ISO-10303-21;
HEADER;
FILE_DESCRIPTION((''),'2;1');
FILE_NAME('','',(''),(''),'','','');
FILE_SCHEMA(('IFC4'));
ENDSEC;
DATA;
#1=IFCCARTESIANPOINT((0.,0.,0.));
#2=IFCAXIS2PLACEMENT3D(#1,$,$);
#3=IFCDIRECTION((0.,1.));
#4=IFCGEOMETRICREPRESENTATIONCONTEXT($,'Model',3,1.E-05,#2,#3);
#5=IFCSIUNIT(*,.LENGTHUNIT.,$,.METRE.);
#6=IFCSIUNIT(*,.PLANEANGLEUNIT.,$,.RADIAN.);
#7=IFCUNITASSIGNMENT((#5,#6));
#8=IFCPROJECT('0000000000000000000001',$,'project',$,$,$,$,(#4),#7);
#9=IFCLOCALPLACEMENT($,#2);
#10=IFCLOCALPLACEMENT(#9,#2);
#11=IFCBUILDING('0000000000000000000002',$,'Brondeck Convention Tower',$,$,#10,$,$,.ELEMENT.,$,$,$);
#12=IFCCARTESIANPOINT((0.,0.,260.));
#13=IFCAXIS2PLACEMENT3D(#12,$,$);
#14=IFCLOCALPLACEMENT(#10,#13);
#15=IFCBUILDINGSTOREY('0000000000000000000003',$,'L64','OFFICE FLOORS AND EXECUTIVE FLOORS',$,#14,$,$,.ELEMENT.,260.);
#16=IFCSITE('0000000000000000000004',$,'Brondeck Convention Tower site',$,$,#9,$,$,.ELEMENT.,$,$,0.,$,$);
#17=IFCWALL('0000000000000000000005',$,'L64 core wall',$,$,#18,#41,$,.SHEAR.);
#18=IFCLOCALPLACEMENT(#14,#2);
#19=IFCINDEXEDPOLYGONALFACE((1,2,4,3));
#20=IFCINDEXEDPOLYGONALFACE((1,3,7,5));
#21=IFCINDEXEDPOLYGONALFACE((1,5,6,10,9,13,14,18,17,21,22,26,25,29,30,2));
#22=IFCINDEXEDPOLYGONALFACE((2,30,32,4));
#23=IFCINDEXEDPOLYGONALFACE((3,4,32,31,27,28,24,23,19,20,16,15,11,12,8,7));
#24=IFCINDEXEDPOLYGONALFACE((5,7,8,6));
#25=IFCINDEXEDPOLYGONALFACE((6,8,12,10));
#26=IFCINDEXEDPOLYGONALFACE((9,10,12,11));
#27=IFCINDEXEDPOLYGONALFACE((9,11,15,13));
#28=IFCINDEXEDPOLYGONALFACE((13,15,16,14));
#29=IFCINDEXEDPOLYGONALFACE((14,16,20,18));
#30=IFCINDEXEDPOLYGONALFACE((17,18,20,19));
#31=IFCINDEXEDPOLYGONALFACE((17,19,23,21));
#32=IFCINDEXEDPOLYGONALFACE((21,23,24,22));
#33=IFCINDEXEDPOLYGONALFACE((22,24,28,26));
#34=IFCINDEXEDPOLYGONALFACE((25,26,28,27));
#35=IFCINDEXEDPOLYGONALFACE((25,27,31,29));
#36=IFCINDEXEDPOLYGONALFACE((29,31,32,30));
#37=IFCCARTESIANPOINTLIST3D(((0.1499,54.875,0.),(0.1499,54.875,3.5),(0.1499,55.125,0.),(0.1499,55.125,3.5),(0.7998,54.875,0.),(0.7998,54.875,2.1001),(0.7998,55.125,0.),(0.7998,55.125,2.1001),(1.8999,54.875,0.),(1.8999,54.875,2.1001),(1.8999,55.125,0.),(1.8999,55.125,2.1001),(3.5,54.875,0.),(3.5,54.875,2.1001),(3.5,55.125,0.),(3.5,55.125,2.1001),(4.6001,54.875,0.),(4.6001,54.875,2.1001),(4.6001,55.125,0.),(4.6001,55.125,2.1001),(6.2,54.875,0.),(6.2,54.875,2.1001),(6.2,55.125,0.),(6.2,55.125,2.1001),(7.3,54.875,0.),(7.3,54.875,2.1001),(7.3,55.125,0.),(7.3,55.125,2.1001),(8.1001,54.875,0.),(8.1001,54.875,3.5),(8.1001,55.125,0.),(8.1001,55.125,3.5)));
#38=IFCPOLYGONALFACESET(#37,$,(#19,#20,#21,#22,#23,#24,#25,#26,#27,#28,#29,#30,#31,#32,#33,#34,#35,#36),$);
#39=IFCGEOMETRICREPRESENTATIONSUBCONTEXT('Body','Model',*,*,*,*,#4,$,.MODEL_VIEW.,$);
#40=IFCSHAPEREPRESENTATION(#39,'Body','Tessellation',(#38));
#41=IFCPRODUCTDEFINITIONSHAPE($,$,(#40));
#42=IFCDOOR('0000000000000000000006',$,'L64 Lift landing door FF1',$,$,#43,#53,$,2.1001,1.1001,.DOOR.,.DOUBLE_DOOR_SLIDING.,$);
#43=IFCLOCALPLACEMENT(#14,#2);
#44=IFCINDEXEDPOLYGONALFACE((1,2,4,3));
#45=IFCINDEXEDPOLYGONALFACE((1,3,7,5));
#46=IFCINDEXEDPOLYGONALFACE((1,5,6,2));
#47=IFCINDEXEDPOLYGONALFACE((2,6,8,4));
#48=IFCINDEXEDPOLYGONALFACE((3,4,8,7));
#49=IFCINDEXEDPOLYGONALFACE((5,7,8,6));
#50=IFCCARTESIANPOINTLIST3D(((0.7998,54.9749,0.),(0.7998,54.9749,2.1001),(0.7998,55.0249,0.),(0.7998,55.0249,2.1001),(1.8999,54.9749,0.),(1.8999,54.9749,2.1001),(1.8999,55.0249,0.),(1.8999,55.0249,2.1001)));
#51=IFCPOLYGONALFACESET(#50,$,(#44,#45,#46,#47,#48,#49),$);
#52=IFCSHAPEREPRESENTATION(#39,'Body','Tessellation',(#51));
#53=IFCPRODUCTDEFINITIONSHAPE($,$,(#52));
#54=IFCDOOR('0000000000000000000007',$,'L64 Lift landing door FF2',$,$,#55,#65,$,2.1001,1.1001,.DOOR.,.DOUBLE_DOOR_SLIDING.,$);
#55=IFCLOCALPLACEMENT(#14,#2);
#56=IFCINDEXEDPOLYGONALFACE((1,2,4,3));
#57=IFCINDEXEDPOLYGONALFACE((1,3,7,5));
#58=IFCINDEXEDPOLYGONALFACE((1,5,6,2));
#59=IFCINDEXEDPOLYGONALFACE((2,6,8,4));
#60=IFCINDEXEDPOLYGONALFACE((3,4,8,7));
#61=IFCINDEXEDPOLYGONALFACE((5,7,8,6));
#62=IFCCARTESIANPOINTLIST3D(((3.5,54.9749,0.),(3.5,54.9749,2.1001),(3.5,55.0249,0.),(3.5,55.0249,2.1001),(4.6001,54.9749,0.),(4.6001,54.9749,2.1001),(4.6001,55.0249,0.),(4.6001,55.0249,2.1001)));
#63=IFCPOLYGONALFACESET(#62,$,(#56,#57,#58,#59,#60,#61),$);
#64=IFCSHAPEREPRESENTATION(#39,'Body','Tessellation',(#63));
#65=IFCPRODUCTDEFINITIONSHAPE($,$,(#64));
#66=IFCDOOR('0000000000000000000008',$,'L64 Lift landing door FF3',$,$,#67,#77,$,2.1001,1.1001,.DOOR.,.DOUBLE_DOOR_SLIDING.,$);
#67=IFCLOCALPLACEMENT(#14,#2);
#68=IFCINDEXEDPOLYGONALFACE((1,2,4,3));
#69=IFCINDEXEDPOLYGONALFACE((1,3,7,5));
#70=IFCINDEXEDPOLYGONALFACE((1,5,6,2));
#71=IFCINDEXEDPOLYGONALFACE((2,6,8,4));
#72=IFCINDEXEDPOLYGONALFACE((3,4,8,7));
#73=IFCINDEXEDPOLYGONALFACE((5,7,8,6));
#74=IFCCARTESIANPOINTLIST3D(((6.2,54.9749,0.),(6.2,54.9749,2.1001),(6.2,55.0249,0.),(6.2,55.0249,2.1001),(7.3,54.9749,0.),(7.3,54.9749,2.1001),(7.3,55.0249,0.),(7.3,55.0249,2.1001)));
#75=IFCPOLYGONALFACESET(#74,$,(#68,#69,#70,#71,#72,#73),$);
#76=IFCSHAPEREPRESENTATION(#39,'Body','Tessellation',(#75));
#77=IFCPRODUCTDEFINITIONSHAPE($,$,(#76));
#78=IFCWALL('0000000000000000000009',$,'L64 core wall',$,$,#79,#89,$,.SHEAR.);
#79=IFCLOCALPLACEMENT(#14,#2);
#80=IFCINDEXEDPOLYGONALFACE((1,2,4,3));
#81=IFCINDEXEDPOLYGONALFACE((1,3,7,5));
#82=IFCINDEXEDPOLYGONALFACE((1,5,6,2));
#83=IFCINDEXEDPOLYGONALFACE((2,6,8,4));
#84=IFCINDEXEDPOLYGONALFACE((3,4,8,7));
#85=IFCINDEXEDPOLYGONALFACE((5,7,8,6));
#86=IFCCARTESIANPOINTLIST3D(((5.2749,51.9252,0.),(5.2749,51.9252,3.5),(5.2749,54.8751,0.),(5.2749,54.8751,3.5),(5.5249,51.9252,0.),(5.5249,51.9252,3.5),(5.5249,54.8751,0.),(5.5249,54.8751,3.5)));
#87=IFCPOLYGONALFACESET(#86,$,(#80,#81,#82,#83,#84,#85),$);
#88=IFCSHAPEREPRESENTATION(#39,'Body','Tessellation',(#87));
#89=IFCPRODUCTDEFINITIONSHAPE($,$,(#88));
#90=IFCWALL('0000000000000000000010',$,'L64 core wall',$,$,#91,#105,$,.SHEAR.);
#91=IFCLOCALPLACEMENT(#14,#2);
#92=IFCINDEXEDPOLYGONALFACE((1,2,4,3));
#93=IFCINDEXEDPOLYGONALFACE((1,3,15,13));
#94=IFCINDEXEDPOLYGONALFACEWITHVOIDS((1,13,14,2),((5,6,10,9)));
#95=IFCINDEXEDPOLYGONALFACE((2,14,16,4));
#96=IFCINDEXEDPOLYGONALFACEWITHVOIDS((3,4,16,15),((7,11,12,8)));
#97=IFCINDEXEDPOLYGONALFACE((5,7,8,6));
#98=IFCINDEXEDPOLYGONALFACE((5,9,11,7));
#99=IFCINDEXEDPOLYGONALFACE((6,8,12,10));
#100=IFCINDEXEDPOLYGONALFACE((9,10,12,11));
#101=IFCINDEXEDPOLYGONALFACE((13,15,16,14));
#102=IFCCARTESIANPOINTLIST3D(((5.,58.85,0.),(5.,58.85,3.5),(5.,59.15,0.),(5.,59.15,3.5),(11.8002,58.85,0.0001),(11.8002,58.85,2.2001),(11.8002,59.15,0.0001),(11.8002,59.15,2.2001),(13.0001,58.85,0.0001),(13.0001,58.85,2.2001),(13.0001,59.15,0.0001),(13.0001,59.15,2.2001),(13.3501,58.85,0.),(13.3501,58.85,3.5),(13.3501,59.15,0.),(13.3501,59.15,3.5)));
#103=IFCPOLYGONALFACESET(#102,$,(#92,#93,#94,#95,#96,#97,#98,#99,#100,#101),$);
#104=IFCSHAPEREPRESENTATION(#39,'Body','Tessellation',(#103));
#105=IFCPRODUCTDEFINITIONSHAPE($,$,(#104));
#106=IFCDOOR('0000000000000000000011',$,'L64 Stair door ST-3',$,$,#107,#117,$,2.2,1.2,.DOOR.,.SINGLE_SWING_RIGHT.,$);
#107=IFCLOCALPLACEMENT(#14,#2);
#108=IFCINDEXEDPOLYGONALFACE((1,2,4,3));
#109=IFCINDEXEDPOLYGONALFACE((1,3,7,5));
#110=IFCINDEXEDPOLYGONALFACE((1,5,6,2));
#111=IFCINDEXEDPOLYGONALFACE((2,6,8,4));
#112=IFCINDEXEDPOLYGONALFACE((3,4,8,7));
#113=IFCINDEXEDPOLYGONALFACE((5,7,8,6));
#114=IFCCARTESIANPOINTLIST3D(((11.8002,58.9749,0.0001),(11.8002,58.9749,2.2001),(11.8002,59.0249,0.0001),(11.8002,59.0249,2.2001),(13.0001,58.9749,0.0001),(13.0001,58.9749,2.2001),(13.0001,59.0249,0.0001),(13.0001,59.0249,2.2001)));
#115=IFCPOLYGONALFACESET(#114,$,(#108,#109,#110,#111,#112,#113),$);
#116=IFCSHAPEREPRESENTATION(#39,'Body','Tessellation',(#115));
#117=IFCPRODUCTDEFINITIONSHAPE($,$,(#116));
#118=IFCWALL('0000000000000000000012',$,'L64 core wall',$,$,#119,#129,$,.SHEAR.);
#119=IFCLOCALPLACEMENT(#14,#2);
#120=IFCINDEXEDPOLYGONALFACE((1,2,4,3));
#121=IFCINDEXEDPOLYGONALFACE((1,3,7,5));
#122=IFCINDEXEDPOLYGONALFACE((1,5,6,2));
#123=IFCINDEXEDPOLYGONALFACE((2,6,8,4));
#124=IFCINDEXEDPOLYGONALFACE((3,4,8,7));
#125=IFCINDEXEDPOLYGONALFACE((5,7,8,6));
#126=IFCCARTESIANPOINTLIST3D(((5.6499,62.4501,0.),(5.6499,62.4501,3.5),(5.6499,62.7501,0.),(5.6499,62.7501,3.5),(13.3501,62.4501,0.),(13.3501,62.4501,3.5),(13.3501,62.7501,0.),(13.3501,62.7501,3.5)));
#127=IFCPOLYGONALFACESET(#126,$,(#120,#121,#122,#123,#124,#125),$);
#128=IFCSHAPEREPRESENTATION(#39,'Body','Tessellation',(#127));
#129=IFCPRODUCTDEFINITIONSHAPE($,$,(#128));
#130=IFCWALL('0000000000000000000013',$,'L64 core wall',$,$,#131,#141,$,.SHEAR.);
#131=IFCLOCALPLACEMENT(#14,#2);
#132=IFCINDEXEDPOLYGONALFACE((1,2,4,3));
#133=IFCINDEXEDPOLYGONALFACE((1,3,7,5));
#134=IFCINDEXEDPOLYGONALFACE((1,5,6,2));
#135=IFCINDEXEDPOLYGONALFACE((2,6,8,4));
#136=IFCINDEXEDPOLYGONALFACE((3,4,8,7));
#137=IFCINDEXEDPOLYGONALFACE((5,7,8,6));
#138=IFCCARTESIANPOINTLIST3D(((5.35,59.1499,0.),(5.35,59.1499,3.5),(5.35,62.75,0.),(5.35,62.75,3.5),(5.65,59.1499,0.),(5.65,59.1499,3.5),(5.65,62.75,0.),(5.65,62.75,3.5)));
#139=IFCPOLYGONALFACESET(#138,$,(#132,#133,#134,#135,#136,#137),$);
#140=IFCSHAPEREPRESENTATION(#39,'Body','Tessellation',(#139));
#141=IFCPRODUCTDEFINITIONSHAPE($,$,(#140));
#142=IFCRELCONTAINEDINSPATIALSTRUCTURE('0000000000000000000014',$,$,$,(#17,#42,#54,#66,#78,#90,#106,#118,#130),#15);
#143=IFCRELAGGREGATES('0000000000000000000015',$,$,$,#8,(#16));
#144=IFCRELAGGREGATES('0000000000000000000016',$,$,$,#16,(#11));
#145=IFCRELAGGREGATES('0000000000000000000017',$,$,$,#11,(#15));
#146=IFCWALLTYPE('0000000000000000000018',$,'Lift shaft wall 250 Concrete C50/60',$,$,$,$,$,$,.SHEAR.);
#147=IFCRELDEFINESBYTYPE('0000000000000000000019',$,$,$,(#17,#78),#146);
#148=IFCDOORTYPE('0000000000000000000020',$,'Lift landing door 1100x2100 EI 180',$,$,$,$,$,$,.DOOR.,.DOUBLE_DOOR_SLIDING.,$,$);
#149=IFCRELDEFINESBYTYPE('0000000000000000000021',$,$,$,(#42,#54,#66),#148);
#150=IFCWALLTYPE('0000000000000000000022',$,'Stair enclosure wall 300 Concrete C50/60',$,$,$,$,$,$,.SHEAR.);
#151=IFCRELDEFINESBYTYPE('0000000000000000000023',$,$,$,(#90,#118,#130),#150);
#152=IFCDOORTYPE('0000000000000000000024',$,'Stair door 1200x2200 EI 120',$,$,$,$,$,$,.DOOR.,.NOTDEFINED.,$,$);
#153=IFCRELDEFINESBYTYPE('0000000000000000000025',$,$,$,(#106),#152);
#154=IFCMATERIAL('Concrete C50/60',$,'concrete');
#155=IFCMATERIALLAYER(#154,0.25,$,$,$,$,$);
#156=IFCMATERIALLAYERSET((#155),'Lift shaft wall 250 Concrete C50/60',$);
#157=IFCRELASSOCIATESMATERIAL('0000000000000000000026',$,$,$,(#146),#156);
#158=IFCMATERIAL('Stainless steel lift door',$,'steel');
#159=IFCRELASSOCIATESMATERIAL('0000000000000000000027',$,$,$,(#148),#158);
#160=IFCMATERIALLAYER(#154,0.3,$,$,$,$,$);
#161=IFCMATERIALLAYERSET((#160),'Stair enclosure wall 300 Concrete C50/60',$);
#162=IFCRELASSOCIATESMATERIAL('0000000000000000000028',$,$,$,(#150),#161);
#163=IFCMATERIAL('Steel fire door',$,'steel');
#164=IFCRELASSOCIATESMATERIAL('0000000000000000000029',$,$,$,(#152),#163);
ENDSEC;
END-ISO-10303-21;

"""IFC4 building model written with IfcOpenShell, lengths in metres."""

from ifc_helpers import new_model, si_unit, direction, frame, frame_2d, origin, place, context, subcontext, project, spatial, rectangle, extrude, material, layer, layer_set, type_object, element, fill, save


model = new_model("IFC4")

# Units and contexts
model_context = context("Model", 3, precision=1e-05, world=origin(), true_north=direction((0.0, 1.0)))
body_context = subcontext(model_context, "Body", "Model", "MODEL_VIEW")
ifc_project = project(units=[si_unit("LENGTHUNIT", "METRE"), si_unit("PLANEANGLEUNIT", "RADIAN")], contexts=[model_context])

# Site, building, storey
site_placement = place(None, origin())
site = spatial("IfcSite", under=ifc_project, at=site_placement, Name="Brondeck Convention Tower site", CompositionType="ELEMENT", RefElevation=0.0)
building_placement = place(site_placement, origin())
building = spatial("IfcBuilding", under=site, at=building_placement, Name="Brondeck Convention Tower", CompositionType="ELEMENT")
storey_placement = place(building_placement, frame((0.0, 0.0, 260.0)))
storey = spatial("IfcBuildingStorey", under=building, at=storey_placement, Name="L64", Description="OFFICE FLOORS AND EXECUTIVE FLOORS", CompositionType="ELEMENT", Elevation=260.0)

# Shared definitions
ifc_material_1 = material(Name="Concrete C50/60", Category="concrete")

# Wall, openings, doors
ifc_layer_1 = layer(ifc_material_1, 0.25)
ifc_layer_set_1 = layer_set([ifc_layer_1], Name="Lift shaft wall 250 Concrete C50/60")
wall_type_1 = type_object("IfcWallType", Name="Lift shaft wall 250 Concrete C50/60", PredefinedType="SHEAR", material=ifc_layer_set_1)
wall_1_placement = place(storey_placement, frame((0.1499, 55.0, 0.0), z_axis=(0.0, 0.0, 1.0), x_axis=(1.0, 0.0, 0.0)))
wall_1 = element("IfcWall", 1, at=wall_1_placement, inside=storey, type_object=wall_type_1, Name="L64 core wall", PredefinedType="SHEAR", context=body_context, shape_type="SweptSolid", body=[
    extrude(rectangle(XDim=7.9502, YDim=0.25, at=frame_2d((3.9751, 0.0))), origin(), (0.0, 0.0, 1.0), 3.5),
])
opening_1_placement = place(wall_1_placement, frame((0.6499, 0.0, 0.0)))
opening_1 = element("IfcOpeningElement", 2, at=opening_1_placement, cuts=wall_1, PredefinedType="OPENING", context=body_context, shape_type="SweptSolid", body=[
    extrude(rectangle(XDim=1.1001, YDim=2.1001, at=frame_2d((0.55, 1.05))), frame((0.0, 0.135, 0.0), z_axis=(0.0, -1.0, 0.0), x_axis=(1.0, 0.0, 0.0)), (0.0, 0.0, 1.0), 0.27),
])
opening_2_placement = place(wall_1_placement, frame((3.3501, 0.0, 0.0)))
opening_2 = element("IfcOpeningElement", 3, at=opening_2_placement, cuts=wall_1, PredefinedType="OPENING", context=body_context, shape_type="SweptSolid", body=[
    extrude(rectangle(XDim=1.1001, YDim=2.1001, at=frame_2d((0.55, 1.05))), frame((0.0, 0.135, 0.0), z_axis=(0.0, -1.0, 0.0), x_axis=(1.0, 0.0, 0.0)), (0.0, 0.0, 1.0), 0.27),
])
opening_3_placement = place(wall_1_placement, frame((6.05, 0.0, 0.0)))
opening_3 = element("IfcOpeningElement", 4, at=opening_3_placement, cuts=wall_1, PredefinedType="OPENING", context=body_context, shape_type="SweptSolid", body=[
    extrude(rectangle(XDim=1.1001, YDim=2.1001, at=frame_2d((0.55, 1.05))), frame((0.0, 0.135, 0.0), z_axis=(0.0, -1.0, 0.0), x_axis=(1.0, 0.0, 0.0)), (0.0, 0.0, 1.0), 0.27),
])
ifc_material_2 = material(Name="Stainless steel lift door", Category="steel")
door_type_1 = type_object("IfcDoorType", Name="Lift landing door 1100x2100 EI 180", OperationType="DOUBLE_DOOR_SLIDING", PredefinedType="DOOR", material=ifc_material_2)
door_1_placement = place(opening_1_placement, origin())
door_1 = element("IfcDoor", 5, at=door_1_placement, inside=storey, type_object=door_type_1, Name="L64 Lift landing door FF1", OperationType="DOUBLE_DOOR_SLIDING", OverallHeight=2.1001, OverallWidth=1.1001, PredefinedType="DOOR", context=body_context, shape_type="SweptSolid", body=[
    extrude(rectangle(XDim=1.1001, YDim=2.1001, at=frame_2d((0.55, 1.05))), frame((0.0, 0.0249, 0.0), z_axis=(0.0, -1.0, 0.0), x_axis=(1.0, 0.0, 0.0)), (0.0, 0.0, 1.0), 0.05),
])
fill(opening_1, door_1)
door_2_placement = place(opening_2_placement, origin())
door_2 = element("IfcDoor", 6, at=door_2_placement, inside=storey, type_object=door_type_1, Name="L64 Lift landing door FF2", OperationType="DOUBLE_DOOR_SLIDING", OverallHeight=2.1001, OverallWidth=1.1001, PredefinedType="DOOR", context=body_context, shape_type="SweptSolid", body=[
    extrude(rectangle(XDim=1.1001, YDim=2.1001, at=frame_2d((0.55, 1.05))), frame((0.0, 0.0249, 0.0), z_axis=(0.0, -1.0, 0.0), x_axis=(1.0, 0.0, 0.0)), (0.0, 0.0, 1.0), 0.05),
])
fill(opening_2, door_2)
door_3_placement = place(opening_3_placement, origin())
door_3 = element("IfcDoor", 7, at=door_3_placement, inside=storey, type_object=door_type_1, Name="L64 Lift landing door FF3", OperationType="DOUBLE_DOOR_SLIDING", OverallHeight=2.1001, OverallWidth=1.1001, PredefinedType="DOOR", context=body_context, shape_type="SweptSolid", body=[
    extrude(rectangle(XDim=1.1001, YDim=2.1001, at=frame_2d((0.55, 1.05))), frame((0.0, 0.0249, 0.0), z_axis=(0.0, -1.0, 0.0), x_axis=(1.0, 0.0, 0.0)), (0.0, 0.0, 1.0), 0.05),
])
fill(opening_3, door_3)

# Wall
wall_2_placement = place(storey_placement, frame((5.3999, 51.925, 0.0), z_axis=(0.0, 0.0, 1.0), x_axis=(0.0, 1.0, 0.0)))
element("IfcWall", 8, at=wall_2_placement, inside=storey, type_object=wall_type_1, Name="L64 core wall", PredefinedType="SHEAR", context=body_context, shape_type="SweptSolid", body=[
    extrude(rectangle(XDim=2.95, YDim=0.25, at=frame_2d((1.4751, 0.0))), origin(), (0.0, 0.0, 1.0), 3.5),
])

# Wall, opening, door
ifc_layer_2 = layer(ifc_material_1, 0.3)
ifc_layer_set_2 = layer_set([ifc_layer_2], Name="Stair enclosure wall 300 Concrete C50/60")
wall_type_2 = type_object("IfcWallType", Name="Stair enclosure wall 300 Concrete C50/60", PredefinedType="SHEAR", material=ifc_layer_set_2)
wall_3_placement = place(storey_placement, frame((5.0, 59.0, 0.0), z_axis=(0.0, 0.0, 1.0), x_axis=(1.0, 0.0, 0.0)))
wall_3 = element("IfcWall", 9, at=wall_3_placement, inside=storey, type_object=wall_type_2, Name="L64 core wall", PredefinedType="SHEAR", context=body_context, shape_type="SweptSolid", body=[
    extrude(rectangle(XDim=8.3501, YDim=0.3, at=frame_2d((4.175, 0.0))), origin(), (0.0, 0.0, 1.0), 3.5),
])
opening_4_placement = place(wall_3_placement, frame((6.8, 0.0, 0.0)))
opening_4 = element("IfcOpeningElement", 10, at=opening_4_placement, cuts=wall_3, PredefinedType="OPENING", context=body_context, shape_type="SweptSolid", body=[
    extrude(rectangle(XDim=1.2, YDim=2.2, at=frame_2d((0.6001, 1.1001))), frame((0.0, 0.1599, 0.0), z_axis=(0.0, -1.0, 0.0), x_axis=(1.0, 0.0, 0.0)), (0.0, 0.0, 1.0), 0.3201),
])
ifc_material_3 = material(Name="Steel fire door", Category="steel")
door_type_2 = type_object("IfcDoorType", Name="Stair door 1200x2200 EI 120", OperationType="NOTDEFINED", PredefinedType="DOOR", material=ifc_material_3)
door_4_placement = place(opening_4_placement, origin())
door_4 = element("IfcDoor", 11, at=door_4_placement, inside=storey, type_object=door_type_2, Name="L64 Stair door ST-3", OperationType="SINGLE_SWING_RIGHT", OverallHeight=2.2, OverallWidth=1.2, PredefinedType="DOOR", context=body_context, shape_type="SweptSolid", body=[
    extrude(rectangle(XDim=1.2, YDim=2.2, at=frame_2d((0.6001, 1.1001))), frame((0.0, 0.0249, 0.0), z_axis=(0.0, -1.0, 0.0), x_axis=(1.0, 0.0, 0.0)), (0.0, 0.0, 1.0), 0.05),
])
fill(opening_4, door_4)

# Walls
wall_4_placement = place(storey_placement, frame((5.6499, 62.6001, 0.0), z_axis=(0.0, 0.0, 1.0), x_axis=(1.0, 0.0, 0.0)))
element("IfcWall", 12, at=wall_4_placement, inside=storey, type_object=wall_type_2, Name="L64 core wall", PredefinedType="SHEAR", context=body_context, shape_type="SweptSolid", body=[
    extrude(rectangle(XDim=7.7002, YDim=0.3, at=frame_2d((3.8501, 0.0))), origin(), (0.0, 0.0, 1.0), 3.5),
])
wall_5_placement = place(storey_placement, frame((5.5, 59.1499, 0.0), z_axis=(0.0, 0.0, 1.0), x_axis=(0.0, 1.0, 0.0)))
element("IfcWall", 13, at=wall_5_placement, inside=storey, type_object=wall_type_2, Name="L64 core wall", PredefinedType="SHEAR", context=body_context, shape_type="SweptSolid", body=[
    extrude(rectangle(XDim=3.6001, YDim=0.3, at=frame_2d((1.8, 0.0))), origin(), (0.0, 0.0, 1.0), 3.5),
])

save(model, "model.ifc")
